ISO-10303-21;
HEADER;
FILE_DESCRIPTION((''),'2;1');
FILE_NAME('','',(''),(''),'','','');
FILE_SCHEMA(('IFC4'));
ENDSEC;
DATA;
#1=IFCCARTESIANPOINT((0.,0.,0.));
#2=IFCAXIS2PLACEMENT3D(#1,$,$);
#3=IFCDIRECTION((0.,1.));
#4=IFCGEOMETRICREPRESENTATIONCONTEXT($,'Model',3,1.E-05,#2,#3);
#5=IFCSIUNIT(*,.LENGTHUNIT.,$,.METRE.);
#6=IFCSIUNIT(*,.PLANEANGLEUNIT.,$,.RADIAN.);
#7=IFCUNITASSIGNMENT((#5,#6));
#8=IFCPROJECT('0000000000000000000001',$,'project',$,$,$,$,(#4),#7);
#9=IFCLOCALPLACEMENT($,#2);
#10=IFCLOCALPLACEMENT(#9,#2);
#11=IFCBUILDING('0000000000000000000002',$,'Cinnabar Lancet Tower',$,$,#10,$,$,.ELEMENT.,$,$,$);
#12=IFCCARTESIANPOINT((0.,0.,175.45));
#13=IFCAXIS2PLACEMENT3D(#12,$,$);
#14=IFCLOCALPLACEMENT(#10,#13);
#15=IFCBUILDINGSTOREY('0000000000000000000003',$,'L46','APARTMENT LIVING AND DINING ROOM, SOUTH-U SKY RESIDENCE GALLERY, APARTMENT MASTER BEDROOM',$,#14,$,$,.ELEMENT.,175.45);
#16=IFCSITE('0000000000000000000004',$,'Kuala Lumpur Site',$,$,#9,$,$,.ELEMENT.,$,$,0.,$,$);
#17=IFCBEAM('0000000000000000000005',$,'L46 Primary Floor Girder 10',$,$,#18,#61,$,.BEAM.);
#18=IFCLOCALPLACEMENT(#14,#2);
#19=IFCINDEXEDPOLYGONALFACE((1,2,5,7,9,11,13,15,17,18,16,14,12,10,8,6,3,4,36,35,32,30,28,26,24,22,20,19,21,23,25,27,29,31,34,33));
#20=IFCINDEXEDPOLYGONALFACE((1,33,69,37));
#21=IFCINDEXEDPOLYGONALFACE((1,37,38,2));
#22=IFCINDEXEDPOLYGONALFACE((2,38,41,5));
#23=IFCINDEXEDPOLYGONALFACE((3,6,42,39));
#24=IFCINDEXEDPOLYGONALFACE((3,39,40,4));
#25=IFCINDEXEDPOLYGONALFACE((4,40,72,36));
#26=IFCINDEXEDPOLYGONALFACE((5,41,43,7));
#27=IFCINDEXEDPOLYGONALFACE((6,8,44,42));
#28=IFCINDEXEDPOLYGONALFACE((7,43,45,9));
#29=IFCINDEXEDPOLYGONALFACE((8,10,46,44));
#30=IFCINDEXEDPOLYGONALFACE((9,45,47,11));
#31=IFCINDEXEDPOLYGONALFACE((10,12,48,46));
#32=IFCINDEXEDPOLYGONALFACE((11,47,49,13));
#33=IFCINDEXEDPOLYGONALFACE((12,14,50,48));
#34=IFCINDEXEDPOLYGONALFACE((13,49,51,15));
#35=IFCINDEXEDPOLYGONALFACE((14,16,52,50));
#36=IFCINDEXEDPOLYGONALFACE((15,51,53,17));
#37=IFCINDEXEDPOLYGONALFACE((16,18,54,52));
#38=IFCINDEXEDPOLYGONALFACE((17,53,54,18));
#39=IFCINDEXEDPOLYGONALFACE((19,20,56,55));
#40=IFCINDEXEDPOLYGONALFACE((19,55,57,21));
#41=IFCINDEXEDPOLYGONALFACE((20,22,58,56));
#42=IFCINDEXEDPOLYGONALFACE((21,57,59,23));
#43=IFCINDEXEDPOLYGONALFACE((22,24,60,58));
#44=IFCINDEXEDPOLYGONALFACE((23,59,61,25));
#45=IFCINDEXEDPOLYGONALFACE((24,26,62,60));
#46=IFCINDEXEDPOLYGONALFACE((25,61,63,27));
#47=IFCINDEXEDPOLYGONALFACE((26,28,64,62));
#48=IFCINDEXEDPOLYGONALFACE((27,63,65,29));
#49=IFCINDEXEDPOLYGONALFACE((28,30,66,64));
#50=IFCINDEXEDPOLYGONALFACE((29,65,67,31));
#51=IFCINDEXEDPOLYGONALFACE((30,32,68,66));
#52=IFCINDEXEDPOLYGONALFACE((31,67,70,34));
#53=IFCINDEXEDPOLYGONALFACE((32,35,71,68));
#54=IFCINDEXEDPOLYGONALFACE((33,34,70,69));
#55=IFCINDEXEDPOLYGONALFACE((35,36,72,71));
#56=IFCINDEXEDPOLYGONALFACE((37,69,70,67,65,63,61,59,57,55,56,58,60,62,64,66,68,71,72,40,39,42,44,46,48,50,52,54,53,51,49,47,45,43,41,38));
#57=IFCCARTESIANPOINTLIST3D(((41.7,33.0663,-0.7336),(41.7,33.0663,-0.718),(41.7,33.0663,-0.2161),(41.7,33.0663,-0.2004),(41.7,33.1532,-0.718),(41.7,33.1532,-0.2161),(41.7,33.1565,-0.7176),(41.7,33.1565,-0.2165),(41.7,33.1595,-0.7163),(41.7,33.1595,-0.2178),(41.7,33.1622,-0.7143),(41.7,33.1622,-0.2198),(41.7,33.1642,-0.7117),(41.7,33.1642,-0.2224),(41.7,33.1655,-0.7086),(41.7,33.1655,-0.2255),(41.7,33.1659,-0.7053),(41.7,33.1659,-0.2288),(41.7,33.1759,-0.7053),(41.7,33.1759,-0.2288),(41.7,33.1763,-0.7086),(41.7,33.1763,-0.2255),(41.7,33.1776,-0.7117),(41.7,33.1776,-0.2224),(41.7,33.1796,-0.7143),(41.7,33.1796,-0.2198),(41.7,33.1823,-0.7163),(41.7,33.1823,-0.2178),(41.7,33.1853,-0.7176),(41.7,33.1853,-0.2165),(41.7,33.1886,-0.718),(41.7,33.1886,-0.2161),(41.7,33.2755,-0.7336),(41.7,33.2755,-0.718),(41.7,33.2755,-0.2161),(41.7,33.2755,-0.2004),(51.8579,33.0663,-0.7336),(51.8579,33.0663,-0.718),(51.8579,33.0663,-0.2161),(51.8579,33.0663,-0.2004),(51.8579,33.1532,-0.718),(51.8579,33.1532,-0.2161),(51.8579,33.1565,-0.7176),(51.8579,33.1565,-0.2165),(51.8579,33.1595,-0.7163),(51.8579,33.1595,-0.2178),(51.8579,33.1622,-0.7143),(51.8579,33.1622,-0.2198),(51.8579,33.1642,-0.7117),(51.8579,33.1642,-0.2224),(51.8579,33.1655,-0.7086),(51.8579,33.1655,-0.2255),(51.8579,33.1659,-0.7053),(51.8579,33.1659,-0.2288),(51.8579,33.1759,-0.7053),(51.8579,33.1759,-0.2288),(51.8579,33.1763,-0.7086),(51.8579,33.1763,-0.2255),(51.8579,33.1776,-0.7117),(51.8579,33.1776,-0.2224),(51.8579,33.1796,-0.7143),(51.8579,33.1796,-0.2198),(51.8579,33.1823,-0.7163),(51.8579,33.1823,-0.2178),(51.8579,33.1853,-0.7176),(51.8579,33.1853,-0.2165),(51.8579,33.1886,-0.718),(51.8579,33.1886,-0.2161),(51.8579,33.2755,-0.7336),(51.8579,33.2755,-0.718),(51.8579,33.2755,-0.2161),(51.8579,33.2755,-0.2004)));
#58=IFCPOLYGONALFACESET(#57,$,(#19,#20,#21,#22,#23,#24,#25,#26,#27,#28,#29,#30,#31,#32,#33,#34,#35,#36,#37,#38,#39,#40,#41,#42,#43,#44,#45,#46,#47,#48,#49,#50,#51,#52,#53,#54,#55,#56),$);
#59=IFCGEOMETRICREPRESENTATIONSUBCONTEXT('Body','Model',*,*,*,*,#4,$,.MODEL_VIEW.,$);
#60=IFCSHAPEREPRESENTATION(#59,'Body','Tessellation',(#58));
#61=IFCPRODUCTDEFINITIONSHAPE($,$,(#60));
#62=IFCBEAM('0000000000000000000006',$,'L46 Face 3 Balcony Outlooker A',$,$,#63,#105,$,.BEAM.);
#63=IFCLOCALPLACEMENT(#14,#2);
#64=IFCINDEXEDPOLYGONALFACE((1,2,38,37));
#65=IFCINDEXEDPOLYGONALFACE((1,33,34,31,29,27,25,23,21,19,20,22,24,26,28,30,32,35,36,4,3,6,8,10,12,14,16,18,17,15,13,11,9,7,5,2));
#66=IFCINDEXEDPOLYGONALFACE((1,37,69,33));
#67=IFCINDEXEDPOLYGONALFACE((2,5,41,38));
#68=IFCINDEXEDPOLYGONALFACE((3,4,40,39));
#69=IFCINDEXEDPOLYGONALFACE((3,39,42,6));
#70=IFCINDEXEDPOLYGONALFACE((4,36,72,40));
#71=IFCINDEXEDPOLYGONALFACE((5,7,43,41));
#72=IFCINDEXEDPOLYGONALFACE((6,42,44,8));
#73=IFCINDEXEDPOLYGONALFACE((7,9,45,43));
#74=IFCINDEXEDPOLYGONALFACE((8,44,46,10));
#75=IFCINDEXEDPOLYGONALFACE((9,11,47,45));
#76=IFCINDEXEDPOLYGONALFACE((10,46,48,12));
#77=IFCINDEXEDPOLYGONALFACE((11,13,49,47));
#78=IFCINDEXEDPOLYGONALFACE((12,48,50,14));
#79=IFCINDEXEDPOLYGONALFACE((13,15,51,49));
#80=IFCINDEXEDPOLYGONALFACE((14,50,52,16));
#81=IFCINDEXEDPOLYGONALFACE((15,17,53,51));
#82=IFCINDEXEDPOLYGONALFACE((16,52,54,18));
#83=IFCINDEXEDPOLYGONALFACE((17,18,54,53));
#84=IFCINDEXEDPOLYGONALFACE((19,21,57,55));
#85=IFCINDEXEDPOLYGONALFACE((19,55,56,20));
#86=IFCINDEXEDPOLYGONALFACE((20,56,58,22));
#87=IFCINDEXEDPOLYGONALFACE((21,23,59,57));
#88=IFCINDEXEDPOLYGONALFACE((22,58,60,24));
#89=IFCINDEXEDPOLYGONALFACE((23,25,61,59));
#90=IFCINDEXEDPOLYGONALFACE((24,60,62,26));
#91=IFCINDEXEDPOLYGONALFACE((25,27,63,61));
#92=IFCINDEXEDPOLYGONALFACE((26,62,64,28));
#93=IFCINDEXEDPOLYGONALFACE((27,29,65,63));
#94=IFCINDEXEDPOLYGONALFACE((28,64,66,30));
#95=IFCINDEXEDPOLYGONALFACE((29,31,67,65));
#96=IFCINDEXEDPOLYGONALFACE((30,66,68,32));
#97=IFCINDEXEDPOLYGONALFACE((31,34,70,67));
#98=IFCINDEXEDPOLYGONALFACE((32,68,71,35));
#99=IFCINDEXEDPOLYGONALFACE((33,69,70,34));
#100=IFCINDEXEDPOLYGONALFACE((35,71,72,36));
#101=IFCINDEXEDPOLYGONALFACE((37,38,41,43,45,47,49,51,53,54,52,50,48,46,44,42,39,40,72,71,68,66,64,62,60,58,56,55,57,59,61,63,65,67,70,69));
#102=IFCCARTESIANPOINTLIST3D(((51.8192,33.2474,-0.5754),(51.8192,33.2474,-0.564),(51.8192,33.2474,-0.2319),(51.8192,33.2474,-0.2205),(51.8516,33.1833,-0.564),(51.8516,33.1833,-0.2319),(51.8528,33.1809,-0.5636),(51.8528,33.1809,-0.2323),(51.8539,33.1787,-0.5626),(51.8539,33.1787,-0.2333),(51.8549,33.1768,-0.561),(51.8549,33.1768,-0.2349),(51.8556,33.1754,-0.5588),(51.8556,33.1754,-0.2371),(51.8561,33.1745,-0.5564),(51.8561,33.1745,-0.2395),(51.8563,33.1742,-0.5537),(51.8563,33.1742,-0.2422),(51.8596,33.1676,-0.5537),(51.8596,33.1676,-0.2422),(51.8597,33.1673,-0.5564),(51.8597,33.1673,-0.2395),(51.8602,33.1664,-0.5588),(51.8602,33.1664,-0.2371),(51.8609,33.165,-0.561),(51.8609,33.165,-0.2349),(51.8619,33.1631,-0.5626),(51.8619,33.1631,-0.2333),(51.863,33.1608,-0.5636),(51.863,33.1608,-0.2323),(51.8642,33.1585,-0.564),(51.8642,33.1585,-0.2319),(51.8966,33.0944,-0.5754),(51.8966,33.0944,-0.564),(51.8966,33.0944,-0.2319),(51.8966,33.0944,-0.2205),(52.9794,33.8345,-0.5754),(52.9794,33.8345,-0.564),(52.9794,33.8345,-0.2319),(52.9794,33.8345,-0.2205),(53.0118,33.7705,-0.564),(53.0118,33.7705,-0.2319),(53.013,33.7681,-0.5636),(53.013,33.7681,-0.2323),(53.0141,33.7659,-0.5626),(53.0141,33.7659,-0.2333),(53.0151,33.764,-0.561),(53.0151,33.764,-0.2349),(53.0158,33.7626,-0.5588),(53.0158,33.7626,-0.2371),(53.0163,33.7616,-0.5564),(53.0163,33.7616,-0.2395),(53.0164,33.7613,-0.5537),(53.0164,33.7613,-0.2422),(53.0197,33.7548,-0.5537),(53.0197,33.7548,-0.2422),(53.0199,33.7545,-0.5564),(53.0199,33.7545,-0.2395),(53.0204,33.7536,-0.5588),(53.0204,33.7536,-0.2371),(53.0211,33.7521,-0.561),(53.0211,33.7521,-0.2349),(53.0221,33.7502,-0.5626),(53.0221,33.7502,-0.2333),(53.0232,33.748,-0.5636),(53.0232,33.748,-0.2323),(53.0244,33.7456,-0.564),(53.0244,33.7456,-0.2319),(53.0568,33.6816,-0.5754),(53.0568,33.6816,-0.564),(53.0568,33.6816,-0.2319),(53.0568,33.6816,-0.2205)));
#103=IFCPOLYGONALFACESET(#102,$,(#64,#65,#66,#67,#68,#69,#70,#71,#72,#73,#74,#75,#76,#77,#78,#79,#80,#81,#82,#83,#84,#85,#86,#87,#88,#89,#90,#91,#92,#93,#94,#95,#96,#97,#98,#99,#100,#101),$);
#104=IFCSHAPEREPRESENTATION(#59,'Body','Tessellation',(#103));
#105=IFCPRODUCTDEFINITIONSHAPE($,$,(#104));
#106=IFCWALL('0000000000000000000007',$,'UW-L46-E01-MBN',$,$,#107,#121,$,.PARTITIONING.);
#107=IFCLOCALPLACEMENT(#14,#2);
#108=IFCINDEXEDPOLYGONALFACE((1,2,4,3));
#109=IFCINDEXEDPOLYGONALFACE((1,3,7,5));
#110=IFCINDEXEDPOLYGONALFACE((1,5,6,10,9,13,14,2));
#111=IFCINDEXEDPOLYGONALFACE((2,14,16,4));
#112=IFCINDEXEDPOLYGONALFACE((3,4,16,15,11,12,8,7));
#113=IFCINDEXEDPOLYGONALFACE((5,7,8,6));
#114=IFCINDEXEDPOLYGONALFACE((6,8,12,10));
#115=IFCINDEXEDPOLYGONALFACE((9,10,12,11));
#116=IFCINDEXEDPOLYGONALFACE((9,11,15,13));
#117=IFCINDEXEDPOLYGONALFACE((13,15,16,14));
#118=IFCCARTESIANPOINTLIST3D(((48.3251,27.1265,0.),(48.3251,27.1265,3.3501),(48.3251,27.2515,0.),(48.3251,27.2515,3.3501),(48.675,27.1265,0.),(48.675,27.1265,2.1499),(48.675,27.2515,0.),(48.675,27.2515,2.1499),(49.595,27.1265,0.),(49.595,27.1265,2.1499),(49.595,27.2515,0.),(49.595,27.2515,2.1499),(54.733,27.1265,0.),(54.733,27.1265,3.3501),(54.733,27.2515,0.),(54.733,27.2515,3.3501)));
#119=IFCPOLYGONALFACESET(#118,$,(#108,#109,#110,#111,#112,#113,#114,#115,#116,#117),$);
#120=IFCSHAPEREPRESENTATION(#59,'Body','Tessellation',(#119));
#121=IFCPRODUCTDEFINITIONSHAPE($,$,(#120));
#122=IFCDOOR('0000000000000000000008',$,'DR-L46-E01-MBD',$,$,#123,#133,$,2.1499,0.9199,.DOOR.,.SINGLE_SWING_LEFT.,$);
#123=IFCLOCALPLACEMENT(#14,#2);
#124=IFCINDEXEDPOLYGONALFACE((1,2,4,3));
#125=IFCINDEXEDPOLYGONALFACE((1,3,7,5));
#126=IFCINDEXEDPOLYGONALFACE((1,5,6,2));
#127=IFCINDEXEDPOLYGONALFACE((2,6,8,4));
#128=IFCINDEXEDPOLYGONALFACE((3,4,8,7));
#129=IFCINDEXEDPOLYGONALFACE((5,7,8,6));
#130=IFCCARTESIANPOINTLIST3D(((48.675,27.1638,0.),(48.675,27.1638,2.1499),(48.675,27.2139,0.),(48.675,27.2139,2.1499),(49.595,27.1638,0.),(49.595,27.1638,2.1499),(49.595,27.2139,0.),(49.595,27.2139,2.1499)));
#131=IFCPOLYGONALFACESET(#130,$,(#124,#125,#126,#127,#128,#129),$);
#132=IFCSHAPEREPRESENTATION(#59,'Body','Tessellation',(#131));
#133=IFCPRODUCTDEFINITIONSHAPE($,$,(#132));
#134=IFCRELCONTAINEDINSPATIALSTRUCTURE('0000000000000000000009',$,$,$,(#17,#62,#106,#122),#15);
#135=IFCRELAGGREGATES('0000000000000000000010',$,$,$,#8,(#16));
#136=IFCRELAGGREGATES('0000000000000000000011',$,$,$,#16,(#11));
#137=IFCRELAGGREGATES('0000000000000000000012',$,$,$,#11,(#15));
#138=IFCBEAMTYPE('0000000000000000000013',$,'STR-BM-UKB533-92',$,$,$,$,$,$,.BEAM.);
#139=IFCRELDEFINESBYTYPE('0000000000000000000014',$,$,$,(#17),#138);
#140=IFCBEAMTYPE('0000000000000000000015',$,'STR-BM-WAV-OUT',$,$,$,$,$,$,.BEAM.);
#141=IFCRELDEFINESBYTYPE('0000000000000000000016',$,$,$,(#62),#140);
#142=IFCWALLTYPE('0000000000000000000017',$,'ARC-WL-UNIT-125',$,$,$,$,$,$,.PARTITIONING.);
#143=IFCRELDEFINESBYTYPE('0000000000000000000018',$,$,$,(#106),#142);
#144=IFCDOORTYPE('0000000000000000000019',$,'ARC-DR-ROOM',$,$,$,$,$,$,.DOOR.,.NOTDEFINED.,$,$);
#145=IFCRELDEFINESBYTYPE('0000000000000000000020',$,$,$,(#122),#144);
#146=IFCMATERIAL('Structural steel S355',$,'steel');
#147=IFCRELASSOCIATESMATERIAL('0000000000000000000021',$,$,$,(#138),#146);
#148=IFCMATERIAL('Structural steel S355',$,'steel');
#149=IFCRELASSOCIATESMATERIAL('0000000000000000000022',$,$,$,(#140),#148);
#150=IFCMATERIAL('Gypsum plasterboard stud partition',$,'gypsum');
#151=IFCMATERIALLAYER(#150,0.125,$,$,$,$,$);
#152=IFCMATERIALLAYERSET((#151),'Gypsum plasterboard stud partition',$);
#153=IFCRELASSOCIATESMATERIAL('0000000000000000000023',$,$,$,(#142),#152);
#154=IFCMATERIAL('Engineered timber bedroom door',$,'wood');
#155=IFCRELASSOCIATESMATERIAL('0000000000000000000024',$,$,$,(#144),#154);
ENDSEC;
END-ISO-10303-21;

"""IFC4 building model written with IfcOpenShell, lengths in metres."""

from ifc_helpers import new_model, si_unit, direction, frame, frame_2d, origin, origin_2d, place, context, subcontext, project, spatial, rectangle, i_section, extrude, material, layer, layer_set, material_profile, profile_set, type_object, element, fill, save


model = new_model("IFC4")

# Units and contexts
model_context = context("Model", 3, precision=1e-05, world=origin(), true_north=direction((0.0, 1.0)))
body_context = subcontext(model_context, "Body", "Model", "MODEL_VIEW")
ifc_project = project(units=[si_unit("LENGTHUNIT", "METRE"), si_unit("PLANEANGLEUNIT", "RADIAN")], contexts=[model_context])

# Site, building, storey
site_placement = place(None, origin())
site = spatial("IfcSite", under=ifc_project, at=site_placement, Name="Kuala Lumpur Site", CompositionType="ELEMENT", RefElevation=0.0)
building_placement = place(site_placement, origin())
building = spatial("IfcBuilding", under=site, at=building_placement, Name="Cinnabar Lancet Tower", CompositionType="ELEMENT")
storey_placement = place(building_placement, frame((0.0, 0.0, 175.45)))
storey = spatial("IfcBuildingStorey", under=building, at=storey_placement, Name="L46", Description="APARTMENT LIVING AND DINING ROOM, SOUTH-U SKY RESIDENCE GALLERY, APARTMENT MASTER BEDROOM", CompositionType="ELEMENT", Elevation=175.45)

# Beams
ifc_material_1 = material(Name="Structural steel S355", Category="steel")
ifc_material_profile_1 = material_profile(ifc_material_1, i_section(OverallWidth=0.2092, OverallDepth=0.5332, WebThickness=0.01, FlangeThickness=0.0156, FilletRadius=0.0127, at=origin_2d()), Name="UKB 533x210x92")
ifc_profile_set_1 = profile_set([ifc_material_profile_1], Name="Structural steel S355")
beam_type_1 = type_object("IfcBeamType", Name="STR-BM-UKB533-92", PredefinedType="BEAM", material=ifc_profile_set_1)
beam_1_placement = place(storey_placement, frame((51.8579, 33.1709, -0.467), z_axis=(-1.0, 0.0, 0.0), x_axis=(0.0, -1.0, 0.0)))
element("IfcBeam", 1, at=beam_1_placement, inside=storey, type_object=beam_type_1, Name="L46 Primary Floor Girder 10", PredefinedType="BEAM", context=body_context, shape_type="SweptSolid", body=[
    extrude(i_section(OverallWidth=0.2092, OverallDepth=0.5332, WebThickness=0.01, FlangeThickness=0.0156, FilletRadius=0.0127, at=origin_2d()), origin(), (0.0, 0.0, 1.0), 10.158),
])
ifc_material_2 = material(Name="Structural steel S355", Category="steel")
ifc_material_profile_2 = material_profile(ifc_material_2, i_section(OverallWidth=0.1714, OverallDepth=0.355, WebThickness=0.0073, FlangeThickness=0.0115, FilletRadius=0.0103, at=origin_2d()), Name="UKB 356x171x51")
ifc_profile_set_2 = profile_set([ifc_material_profile_2], Name="Structural steel S355")
beam_type_2 = type_object("IfcBeamType", Name="STR-BM-WAV-OUT", PredefinedType="BEAM", material=ifc_profile_set_2)
beam_2_placement = place(storey_placement, frame((51.8579, 33.1709, -0.3979), z_axis=(0.892239, 0.451564, 0.0), x_axis=(-0.451564, 0.892239, 0.0)))
element("IfcBeam", 2, at=beam_2_placement, inside=storey, type_object=beam_type_2, Name="L46 Face 3 Balcony Outlooker A", PredefinedType="BEAM", context=body_context, shape_type="SweptSolid", body=[
    extrude(i_section(OverallWidth=0.1714, OverallDepth=0.355, WebThickness=0.0073, FlangeThickness=0.0115, FilletRadius=0.0103, at=origin_2d()), origin(), (0.0, 0.0, 1.0), 1.3003),
])

# Wall, opening, door
ifc_material_3 = material(Name="Gypsum plasterboard stud partition", Category="gypsum")
ifc_layer_1 = layer(ifc_material_3, 0.125)
ifc_layer_set_1 = layer_set([ifc_layer_1], Name="Gypsum plasterboard stud partition")
wall_type_1 = type_object("IfcWallType", Name="ARC-WL-UNIT-125", PredefinedType="PARTITIONING", material=ifc_layer_set_1)
wall_1_placement = place(storey_placement, frame((48.325, 27.189, 0.0), z_axis=(0.0, 0.0, 1.0), x_axis=(1.0, 0.0, 0.0)))
wall_1 = element("IfcWall", 3, at=wall_1_placement, inside=storey, type_object=wall_type_1, Name="UW-L46-E01-MBN", PredefinedType="PARTITIONING", context=body_context, shape_type="SweptSolid", body=[
    extrude(rectangle(XDim=6.408, YDim=0.125, at=frame_2d((3.2041, 0.0))), origin(), (0.0, 0.0, 1.0), 3.3501),
])
opening_1_placement = place(wall_1_placement, frame((0.3501, 0.0, 0.0)))
opening_1 = element("IfcOpeningElement", 4, at=opening_1_placement, cuts=wall_1, PredefinedType="OPENING", context=body_context, shape_type="SweptSolid", body=[
    extrude(rectangle(XDim=0.9199, YDim=2.1499, at=frame_2d((0.46, 1.075))), frame((0.0, 0.0725, 0.0), z_axis=(0.0, -1.0, 0.0), x_axis=(1.0, 0.0, 0.0)), (0.0, 0.0, 1.0), 0.145),
])
ifc_material_4 = material(Name="Engineered timber bedroom door", Category="wood")
door_type_1 = type_object("IfcDoorType", Name="ARC-DR-ROOM", OperationType="NOTDEFINED", PredefinedType="DOOR", material=ifc_material_4)
door_1_placement = place(opening_1_placement, origin())
door_1 = element("IfcDoor", 5, at=door_1_placement, inside=storey, type_object=door_type_1, Name="DR-L46-E01-MBD", OperationType="SINGLE_SWING_LEFT", OverallHeight=2.1499, OverallWidth=0.9199, PredefinedType="DOOR", context=body_context, shape_type="SweptSolid", body=[
    extrude(rectangle(XDim=0.9199, YDim=2.1499, at=frame_2d((0.46, 1.075))), frame((0.0, 0.0249, 0.0), z_axis=(0.0, -1.0, 0.0), x_axis=(1.0, 0.0, 0.0)), (0.0, 0.0, 1.0), 0.05),
])
fill(opening_1, door_1)

save(model, "model.ifc")
